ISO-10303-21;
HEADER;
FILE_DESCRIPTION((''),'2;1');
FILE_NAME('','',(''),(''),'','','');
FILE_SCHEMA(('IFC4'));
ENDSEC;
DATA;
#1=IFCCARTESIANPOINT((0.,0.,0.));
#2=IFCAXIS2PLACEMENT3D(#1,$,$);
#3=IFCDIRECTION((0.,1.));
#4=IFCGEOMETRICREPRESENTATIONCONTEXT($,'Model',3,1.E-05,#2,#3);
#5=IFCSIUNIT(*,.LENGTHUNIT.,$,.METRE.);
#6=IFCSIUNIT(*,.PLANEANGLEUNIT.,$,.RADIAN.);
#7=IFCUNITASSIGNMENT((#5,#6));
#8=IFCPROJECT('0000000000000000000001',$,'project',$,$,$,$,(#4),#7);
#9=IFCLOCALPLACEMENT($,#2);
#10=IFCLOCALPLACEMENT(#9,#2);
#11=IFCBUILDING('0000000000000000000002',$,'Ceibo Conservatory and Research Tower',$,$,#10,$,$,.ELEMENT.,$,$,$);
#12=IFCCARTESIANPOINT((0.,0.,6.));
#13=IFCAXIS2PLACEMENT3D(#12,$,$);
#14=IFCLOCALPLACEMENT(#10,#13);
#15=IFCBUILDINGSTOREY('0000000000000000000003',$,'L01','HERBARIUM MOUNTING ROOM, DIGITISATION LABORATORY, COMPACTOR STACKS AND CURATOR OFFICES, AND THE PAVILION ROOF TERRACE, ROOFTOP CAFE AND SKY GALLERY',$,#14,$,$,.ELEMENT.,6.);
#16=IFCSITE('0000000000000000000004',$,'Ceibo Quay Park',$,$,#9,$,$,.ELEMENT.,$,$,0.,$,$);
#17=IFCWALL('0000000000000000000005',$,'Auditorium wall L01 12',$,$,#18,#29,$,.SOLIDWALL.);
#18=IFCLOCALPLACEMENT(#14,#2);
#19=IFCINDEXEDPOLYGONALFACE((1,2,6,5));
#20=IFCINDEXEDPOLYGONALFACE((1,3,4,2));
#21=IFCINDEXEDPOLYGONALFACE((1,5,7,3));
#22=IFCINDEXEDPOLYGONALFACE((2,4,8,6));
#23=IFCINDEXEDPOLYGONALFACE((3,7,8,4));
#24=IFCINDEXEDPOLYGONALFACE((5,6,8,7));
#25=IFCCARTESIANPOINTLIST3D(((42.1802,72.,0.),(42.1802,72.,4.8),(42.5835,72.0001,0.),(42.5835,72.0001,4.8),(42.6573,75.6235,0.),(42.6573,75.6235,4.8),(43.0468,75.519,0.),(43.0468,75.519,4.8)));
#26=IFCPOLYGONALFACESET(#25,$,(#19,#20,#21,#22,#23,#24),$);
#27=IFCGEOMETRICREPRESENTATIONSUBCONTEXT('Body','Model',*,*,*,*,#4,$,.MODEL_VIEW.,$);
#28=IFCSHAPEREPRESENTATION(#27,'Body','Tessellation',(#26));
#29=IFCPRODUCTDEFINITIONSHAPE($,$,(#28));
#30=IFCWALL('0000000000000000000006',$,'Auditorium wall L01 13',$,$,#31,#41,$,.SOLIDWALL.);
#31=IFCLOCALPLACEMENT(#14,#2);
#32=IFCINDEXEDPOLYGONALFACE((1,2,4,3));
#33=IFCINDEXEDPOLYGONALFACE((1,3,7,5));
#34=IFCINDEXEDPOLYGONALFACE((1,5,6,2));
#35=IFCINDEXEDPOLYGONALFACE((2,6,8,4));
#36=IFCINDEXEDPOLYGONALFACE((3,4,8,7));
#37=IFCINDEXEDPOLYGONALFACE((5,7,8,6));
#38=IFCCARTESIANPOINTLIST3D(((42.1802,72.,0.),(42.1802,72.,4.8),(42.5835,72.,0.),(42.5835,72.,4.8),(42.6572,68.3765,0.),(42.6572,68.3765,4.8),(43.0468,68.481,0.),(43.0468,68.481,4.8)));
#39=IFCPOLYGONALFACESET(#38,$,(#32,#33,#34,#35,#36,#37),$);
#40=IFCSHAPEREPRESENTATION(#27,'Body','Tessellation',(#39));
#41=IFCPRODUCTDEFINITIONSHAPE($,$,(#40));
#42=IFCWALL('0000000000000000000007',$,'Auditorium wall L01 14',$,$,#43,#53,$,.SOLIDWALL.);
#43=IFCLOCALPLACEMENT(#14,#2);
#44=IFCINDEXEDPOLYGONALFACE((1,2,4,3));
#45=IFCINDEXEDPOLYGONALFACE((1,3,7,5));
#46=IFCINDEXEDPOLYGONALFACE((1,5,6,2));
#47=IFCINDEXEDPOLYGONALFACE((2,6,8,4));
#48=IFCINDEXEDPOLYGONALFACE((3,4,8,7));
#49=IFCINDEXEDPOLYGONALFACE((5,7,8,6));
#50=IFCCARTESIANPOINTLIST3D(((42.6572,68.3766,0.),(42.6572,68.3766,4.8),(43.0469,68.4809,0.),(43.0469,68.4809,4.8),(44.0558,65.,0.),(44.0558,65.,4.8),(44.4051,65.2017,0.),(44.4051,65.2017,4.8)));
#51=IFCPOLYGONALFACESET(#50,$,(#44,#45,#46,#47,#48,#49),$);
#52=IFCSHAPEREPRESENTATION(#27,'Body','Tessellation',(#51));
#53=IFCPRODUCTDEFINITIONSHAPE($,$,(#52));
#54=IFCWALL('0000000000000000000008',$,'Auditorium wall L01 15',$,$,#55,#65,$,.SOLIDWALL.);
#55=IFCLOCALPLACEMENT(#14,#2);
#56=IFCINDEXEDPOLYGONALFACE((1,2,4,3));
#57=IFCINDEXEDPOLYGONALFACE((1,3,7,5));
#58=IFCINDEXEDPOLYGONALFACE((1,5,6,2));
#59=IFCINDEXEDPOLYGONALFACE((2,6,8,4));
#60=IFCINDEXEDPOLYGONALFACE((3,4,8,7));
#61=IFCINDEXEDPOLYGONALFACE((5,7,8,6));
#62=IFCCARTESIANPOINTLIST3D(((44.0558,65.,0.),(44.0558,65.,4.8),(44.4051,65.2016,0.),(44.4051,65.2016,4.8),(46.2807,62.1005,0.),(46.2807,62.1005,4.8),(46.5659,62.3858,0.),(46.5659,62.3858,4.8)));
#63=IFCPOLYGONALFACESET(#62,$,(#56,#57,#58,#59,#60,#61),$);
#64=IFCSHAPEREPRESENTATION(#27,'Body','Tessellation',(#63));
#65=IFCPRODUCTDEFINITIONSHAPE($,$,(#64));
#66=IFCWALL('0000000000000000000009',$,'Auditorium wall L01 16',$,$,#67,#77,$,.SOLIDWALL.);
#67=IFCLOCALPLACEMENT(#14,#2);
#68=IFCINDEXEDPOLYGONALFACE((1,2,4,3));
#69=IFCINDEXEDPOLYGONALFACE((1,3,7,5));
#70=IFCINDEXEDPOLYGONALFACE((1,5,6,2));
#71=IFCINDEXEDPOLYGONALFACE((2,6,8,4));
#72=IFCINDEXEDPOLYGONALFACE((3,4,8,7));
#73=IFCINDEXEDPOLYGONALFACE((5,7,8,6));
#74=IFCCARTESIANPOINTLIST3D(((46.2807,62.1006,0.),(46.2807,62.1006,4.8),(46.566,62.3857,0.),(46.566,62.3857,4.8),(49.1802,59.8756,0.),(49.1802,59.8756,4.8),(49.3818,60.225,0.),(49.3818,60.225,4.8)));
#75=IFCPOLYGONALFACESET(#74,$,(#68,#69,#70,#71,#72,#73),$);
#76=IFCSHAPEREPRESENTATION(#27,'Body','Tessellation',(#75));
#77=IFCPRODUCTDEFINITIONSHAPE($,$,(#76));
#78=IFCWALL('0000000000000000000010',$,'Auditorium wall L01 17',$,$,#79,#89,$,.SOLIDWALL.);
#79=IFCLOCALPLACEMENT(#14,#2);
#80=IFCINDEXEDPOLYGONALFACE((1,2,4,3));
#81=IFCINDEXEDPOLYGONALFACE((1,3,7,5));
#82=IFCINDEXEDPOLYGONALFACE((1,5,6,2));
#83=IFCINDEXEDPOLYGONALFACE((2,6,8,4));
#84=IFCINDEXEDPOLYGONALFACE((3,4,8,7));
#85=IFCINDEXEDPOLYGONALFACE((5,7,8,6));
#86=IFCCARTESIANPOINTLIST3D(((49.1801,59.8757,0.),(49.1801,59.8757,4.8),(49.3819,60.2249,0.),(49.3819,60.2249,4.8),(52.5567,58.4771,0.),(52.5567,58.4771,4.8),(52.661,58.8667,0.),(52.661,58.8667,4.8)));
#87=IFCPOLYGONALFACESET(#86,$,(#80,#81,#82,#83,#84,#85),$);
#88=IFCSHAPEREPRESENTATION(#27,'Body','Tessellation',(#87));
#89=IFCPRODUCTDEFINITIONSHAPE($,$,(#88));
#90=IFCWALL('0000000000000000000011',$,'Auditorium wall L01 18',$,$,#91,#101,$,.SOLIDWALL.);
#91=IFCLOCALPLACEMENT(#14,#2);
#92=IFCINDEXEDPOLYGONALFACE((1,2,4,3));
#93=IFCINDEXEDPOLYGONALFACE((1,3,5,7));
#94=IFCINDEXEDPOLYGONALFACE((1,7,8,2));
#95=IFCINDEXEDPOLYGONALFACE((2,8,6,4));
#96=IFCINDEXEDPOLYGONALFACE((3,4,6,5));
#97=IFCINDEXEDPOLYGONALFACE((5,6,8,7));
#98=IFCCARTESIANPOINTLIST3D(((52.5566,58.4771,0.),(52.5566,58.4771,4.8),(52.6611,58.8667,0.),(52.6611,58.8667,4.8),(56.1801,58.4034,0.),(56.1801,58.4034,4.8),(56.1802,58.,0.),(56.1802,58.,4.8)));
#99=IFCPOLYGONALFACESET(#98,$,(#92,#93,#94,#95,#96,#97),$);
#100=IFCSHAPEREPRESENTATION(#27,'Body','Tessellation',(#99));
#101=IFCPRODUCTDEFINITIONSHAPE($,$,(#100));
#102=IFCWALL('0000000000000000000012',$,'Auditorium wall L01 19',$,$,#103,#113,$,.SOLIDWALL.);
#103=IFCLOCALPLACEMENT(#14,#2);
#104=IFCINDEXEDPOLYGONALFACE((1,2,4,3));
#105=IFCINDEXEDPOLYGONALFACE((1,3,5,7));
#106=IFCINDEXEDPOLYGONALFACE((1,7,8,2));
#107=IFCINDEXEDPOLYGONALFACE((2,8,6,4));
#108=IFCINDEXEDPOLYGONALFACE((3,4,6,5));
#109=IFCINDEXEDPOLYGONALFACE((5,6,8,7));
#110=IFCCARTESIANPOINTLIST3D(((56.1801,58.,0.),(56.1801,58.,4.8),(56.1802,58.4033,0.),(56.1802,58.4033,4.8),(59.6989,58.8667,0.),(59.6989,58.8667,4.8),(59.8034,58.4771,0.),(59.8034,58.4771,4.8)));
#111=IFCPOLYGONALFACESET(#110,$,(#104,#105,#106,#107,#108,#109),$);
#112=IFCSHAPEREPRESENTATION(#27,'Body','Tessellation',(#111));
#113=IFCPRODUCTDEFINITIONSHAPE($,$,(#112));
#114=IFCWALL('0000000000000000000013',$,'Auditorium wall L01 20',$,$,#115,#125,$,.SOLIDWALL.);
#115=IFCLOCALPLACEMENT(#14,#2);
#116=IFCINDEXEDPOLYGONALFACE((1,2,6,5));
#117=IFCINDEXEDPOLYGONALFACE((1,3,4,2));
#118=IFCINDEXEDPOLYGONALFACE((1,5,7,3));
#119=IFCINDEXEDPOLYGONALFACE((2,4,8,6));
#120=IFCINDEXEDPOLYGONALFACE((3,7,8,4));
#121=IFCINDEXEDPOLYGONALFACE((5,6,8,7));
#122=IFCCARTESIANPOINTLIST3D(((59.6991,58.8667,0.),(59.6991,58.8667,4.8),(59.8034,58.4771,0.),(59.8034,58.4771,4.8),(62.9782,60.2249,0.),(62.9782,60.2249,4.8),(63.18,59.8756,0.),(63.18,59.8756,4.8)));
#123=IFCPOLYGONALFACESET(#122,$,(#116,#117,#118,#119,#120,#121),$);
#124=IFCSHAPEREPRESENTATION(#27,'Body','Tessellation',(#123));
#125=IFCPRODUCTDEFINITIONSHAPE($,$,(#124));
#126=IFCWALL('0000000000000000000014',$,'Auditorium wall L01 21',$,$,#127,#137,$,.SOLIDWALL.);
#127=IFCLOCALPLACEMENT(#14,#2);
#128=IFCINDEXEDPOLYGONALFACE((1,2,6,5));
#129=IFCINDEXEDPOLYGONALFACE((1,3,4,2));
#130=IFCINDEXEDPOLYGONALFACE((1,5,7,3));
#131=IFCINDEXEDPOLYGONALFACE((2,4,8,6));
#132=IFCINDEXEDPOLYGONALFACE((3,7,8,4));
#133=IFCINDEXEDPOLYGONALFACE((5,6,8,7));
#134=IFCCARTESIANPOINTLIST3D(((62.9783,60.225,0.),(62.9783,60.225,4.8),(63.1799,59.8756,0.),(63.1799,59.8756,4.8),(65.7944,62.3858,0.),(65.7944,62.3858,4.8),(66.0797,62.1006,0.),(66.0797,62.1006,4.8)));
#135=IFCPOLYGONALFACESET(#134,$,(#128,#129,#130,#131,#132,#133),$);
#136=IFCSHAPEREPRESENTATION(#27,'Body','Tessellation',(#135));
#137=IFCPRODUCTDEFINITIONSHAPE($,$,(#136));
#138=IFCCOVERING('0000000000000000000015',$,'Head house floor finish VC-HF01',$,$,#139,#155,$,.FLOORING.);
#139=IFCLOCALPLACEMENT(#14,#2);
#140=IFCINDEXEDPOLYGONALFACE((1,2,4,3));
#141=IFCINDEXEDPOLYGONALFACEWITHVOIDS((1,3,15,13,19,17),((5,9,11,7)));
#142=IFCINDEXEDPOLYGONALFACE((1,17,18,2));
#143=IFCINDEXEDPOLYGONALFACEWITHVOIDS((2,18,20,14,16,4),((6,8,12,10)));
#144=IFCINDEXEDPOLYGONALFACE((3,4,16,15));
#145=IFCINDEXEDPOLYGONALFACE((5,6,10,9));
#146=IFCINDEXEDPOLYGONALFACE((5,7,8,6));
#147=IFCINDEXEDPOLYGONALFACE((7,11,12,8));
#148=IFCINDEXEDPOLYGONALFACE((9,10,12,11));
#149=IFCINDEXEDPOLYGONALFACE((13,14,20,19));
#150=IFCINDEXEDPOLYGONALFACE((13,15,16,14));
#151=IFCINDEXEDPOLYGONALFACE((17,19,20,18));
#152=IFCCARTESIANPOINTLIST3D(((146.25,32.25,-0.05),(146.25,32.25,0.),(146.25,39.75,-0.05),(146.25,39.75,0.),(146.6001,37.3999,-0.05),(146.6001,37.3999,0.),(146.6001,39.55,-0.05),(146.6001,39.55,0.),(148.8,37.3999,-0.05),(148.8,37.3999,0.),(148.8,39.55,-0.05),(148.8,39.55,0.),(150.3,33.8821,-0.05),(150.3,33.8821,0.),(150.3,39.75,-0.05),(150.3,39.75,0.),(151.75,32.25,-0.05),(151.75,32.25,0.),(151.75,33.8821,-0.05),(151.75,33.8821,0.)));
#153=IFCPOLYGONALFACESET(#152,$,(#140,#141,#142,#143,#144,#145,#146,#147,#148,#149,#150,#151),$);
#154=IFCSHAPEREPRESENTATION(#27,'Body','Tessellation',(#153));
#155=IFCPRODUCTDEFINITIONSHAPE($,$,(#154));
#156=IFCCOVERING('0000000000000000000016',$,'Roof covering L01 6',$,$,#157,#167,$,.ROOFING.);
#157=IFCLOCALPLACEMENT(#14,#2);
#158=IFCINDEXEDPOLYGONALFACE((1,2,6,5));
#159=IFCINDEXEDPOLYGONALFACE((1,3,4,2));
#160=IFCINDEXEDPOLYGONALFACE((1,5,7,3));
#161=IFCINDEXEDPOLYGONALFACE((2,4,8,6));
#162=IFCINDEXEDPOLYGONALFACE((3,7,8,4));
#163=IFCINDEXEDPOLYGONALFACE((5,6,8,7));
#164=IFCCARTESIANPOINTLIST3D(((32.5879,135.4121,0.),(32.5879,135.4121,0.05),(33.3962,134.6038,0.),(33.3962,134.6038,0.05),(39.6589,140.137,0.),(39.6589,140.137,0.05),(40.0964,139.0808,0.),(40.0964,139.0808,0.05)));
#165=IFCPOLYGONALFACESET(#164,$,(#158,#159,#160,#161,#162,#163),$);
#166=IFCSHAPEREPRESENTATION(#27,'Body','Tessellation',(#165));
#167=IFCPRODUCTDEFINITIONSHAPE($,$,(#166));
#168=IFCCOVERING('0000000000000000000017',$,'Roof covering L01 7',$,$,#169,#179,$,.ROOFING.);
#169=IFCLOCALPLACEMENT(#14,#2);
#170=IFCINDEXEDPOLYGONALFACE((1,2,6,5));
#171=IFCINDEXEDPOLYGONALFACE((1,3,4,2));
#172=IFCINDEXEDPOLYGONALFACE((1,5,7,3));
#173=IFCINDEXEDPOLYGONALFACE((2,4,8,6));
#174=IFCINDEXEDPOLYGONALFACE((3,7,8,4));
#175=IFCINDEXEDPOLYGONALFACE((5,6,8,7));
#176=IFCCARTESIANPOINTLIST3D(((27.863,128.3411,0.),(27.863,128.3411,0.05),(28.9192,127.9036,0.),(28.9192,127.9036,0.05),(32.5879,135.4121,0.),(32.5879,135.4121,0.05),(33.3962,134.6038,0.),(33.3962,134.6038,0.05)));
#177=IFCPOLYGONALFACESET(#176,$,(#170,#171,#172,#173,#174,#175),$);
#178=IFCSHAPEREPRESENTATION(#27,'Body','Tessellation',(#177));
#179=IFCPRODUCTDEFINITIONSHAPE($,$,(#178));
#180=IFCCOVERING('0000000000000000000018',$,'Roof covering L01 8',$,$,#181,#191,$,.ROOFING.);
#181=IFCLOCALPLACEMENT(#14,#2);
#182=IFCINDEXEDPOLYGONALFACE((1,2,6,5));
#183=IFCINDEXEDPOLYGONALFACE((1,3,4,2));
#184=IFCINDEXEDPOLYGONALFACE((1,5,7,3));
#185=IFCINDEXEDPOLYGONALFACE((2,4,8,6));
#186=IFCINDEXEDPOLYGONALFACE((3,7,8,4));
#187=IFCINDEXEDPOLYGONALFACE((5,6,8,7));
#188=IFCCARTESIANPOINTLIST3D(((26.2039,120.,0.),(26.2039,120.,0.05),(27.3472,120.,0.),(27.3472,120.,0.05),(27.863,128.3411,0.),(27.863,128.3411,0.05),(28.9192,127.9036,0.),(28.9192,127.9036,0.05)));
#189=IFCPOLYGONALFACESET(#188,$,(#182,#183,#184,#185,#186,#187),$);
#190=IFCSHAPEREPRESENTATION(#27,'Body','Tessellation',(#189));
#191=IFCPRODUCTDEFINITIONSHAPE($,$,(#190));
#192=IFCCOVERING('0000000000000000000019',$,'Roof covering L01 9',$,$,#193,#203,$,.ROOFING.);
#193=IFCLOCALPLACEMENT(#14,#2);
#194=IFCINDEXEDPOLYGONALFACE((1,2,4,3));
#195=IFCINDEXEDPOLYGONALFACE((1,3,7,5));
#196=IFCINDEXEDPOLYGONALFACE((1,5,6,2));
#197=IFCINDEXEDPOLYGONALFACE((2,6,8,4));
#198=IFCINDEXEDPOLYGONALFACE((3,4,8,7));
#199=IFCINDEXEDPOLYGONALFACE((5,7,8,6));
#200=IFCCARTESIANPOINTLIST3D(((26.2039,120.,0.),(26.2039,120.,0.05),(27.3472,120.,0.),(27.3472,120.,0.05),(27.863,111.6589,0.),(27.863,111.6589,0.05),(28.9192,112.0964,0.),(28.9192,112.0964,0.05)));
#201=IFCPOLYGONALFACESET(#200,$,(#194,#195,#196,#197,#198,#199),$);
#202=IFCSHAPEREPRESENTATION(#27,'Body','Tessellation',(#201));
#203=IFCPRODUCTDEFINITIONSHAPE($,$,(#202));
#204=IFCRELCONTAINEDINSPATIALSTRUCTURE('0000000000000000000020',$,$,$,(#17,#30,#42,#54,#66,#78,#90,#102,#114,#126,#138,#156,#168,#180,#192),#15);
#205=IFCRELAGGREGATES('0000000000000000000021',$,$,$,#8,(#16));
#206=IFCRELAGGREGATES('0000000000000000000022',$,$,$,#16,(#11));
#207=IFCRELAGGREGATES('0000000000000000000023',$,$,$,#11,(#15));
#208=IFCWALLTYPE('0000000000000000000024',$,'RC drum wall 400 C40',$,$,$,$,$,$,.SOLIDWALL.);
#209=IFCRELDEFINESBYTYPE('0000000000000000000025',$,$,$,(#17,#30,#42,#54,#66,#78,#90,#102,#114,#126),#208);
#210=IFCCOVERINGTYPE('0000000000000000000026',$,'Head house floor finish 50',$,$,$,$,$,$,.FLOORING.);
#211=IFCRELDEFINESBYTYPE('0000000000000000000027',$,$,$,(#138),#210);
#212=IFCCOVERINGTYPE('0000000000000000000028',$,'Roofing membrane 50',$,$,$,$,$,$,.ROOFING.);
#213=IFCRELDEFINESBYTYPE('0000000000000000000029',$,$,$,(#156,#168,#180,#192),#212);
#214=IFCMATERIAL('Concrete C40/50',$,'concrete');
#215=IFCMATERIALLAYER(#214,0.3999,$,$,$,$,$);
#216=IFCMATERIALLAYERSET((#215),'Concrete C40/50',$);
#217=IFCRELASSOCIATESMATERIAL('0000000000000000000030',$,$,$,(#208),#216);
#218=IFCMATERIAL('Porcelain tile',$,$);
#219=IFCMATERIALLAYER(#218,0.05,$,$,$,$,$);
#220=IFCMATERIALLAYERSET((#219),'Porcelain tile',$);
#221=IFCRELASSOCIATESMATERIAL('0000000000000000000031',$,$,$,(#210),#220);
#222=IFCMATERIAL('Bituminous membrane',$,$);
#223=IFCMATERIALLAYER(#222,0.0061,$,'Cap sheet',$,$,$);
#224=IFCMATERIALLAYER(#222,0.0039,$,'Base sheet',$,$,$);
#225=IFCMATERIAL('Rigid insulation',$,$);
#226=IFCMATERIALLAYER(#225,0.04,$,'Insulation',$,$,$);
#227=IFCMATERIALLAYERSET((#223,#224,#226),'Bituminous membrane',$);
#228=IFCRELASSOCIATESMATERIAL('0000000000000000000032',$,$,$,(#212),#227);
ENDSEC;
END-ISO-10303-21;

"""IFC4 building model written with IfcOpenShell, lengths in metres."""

from ifc_helpers import new_model, si_unit, direction, frame, origin, place, context, subcontext, project, spatial, polyline, outline, extrude, material, layer, layer_set, type_object, element, save


model = new_model("IFC4")

# Units and contexts
model_context = context("Model", 3, precision=1e-05, world=origin(), true_north=direction((0.0, 1.0)))
body_context = subcontext(model_context, "Body", "Model", "MODEL_VIEW")
ifc_project = project(units=[si_unit("LENGTHUNIT", "METRE"), si_unit("PLANEANGLEUNIT", "RADIAN")], contexts=[model_context])

# Site, building, storey
site_placement = place(None, origin())
site = spatial("IfcSite", under=ifc_project, at=site_placement, Name="Ceibo Quay Park", CompositionType="ELEMENT", RefElevation=0.0)
building_placement = place(site_placement, origin())
building = spatial("IfcBuilding", under=site, at=building_placement, Name="Ceibo Conservatory and Research Tower", CompositionType="ELEMENT")
storey_placement = place(building_placement, frame((0.0, 0.0, 6.0)))
storey = spatial("IfcBuildingStorey", under=building, at=storey_placement, Name="L01", Description="HERBARIUM MOUNTING ROOM, DIGITISATION LABORATORY, COMPACTOR STACKS AND CURATOR OFFICES, AND THE PAVILION ROOF TERRACE, ROOFTOP CAFE AND SKY GALLERY", CompositionType="ELEMENT", Elevation=6.0)

# Walls
ifc_material_1 = material(Name="Concrete C40/50", Category="concrete")
ifc_layer_1 = layer(ifc_material_1, 0.3999)
ifc_layer_set_1 = layer_set([ifc_layer_1], Name="Concrete C40/50")
wall_type = type_object("IfcWallType", Name="RC drum wall 400 C40", PredefinedType="SOLIDWALL", material=ifc_layer_set_1)
for number, where, z_axis, x_axis, name in (
    (1, (42.8521, 75.5713, 0.0), (0.0, 0.0, 1.0), (-0.130539, -0.991443, 0.0), "Auditorium wall L01 12"),
    (2, (42.3818, 72.0, 0.0), (0.0, 0.0, 1.0), (0.130539, -0.991443, 0.0), "Auditorium wall L01 13"),
    (3, (42.8521, 68.4287, 0.0), (0.0, 0.0, 1.0), (0.382675, -0.923883, 0.0), "Auditorium wall L01 14"),
    (4, (44.2305, 65.1008, 0.0), (0.0, 0.0, 1.0), (0.60878, -0.793339, 0.0), "Auditorium wall L01 15"),
    (5, (46.4233, 62.2432, 0.0), (0.0, 0.0, 1.0), (0.793339, -0.60878, 0.0), "Auditorium wall L01 16"),
    (6, (49.281, 60.0503, 0.0), (0.0, 0.0, 1.0), (0.923883, -0.382675, 0.0), "Auditorium wall L01 17"),
    (7, (52.6089, 58.6719, 0.0), (0.0, 0.0, 1.0), (0.991443, -0.130539, 0.0), "Auditorium wall L01 18"),
):
    element("IfcWall", number, at=place(storey_placement, frame(where, z_axis=z_axis, x_axis=x_axis)), inside=storey, type_object=wall_type, Name=name, PredefinedType="SOLIDWALL", context=body_context, shape_type="SweptSolid", body=[
        extrude(outline(polyline([(-0.0264, -0.2), (3.6284, -0.2), (3.5757, 0.2), (0.0264, 0.2), (-0.0264, -0.2)])), origin(), (0.0, 0.0, 1.0), 4.8),
    ])
wall_1_placement = place(storey_placement, frame((56.1802, 58.2017, 0.0), z_axis=(0.0, 0.0, 1.0), x_axis=(0.991442, 0.130547, 0.0)))
element("IfcWall", 8, at=wall_1_placement, inside=storey, type_object=wall_type, Name="Auditorium wall L01 19", PredefinedType="SOLIDWALL", context=body_context, shape_type="SweptSolid", body=[
    extrude(outline(polyline([(-0.0264, -0.2), (3.6282, -0.2), (3.5754, 0.2), (0.0264, 0.2), (-0.0264, -0.2)])), origin(), (0.0, 0.0, 1.0), 4.8),
])
wall_2_placement = place(storey_placement, frame((59.7512, 58.6719, 0.0), z_axis=(0.0, 0.0, 1.0), x_axis=(0.923883, 0.382675, 0.0)))
element("IfcWall", 9, at=wall_2_placement, inside=storey, type_object=wall_type, Name="Auditorium wall L01 20", PredefinedType="SOLIDWALL", context=body_context, shape_type="SweptSolid", body=[
    extrude(outline(polyline([(-0.0264, -0.2), (3.6284, -0.2), (3.5757, 0.2), (0.0264, 0.2), (-0.0264, -0.2)])), origin(), (0.0, 0.0, 1.0), 4.8),
])
wall_3_placement = place(storey_placement, frame((63.0791, 60.0503, 0.0), z_axis=(0.0, 0.0, 1.0), x_axis=(0.793364, 0.608747, 0.0)))
element("IfcWall", 10, at=wall_3_placement, inside=storey, type_object=wall_type, Name="Auditorium wall L01 21", PredefinedType="SOLIDWALL", context=body_context, shape_type="SweptSolid", body=[
    extrude(outline(polyline([(-0.0264, -0.2), (3.6287, -0.2), (3.5759, 0.2), (0.0264, 0.2), (-0.0264, -0.2)])), origin(), (0.0, 0.0, 1.0), 4.8),
])

# Coverings
ifc_material_2 = material(Name="Porcelain tile")
ifc_layer_2 = layer(ifc_material_2, 0.05)
ifc_layer_set_2 = layer_set([ifc_layer_2], Name="Porcelain tile")
covering_type_1 = type_object("IfcCoveringType", Name="Head house floor finish 50", PredefinedType="FLOORING", material=ifc_layer_set_2)
covering_1_placement = place(storey_placement, frame((0.0, 0.0, -0.05)))
element("IfcCovering", 11, at=covering_1_placement, inside=storey, type_object=covering_type_1, Name="Head house floor finish VC-HF01", PredefinedType="FLOORING", context=body_context, shape_type="SweptSolid", body=[
    extrude(outline(polyline([(146.25, 32.25), (151.75, 32.25), (151.75, 33.8821), (150.3, 33.8821), (150.3, 39.75), (146.25, 39.75), (146.25, 32.25)]), holes=[polyline([(148.8, 37.3999), (146.6001, 37.3999), (146.6001, 39.55), (148.8, 39.55), (148.8, 37.3999)])]), origin(), (0.0, 0.0, 1.0), 0.05),
])
ifc_material_3 = material(Name="Bituminous membrane")
ifc_layer_3 = layer(ifc_material_3, 0.0061, Name="Cap sheet")
ifc_layer_4 = layer(ifc_material_3, 0.0039, Name="Base sheet")
ifc_material_4 = material(Name="Rigid insulation")
ifc_layer_5 = layer(ifc_material_4, 0.04, Name="Insulation")
ifc_layer_set_3 = layer_set([ifc_layer_3, ifc_layer_4, ifc_layer_5], Name="Bituminous membrane")
covering_type_2 = type_object("IfcCoveringType", Name="Roofing membrane 50", PredefinedType="ROOFING", material=ifc_layer_set_3)
covering_2_placement = place(storey_placement, origin())
element("IfcCovering", 12, at=covering_2_placement, inside=storey, type_object=covering_type_2, Name="Roof covering L01 6", PredefinedType="ROOFING", context=body_context, shape_type="SweptSolid", body=[
    extrude(outline(polyline([(39.6589, 140.137), (32.5879, 135.4121), (33.3962, 134.6038), (40.0964, 139.0808), (39.6589, 140.137)])), origin(), (0.0, 0.0, 1.0), 0.05),
])
covering_3_placement = place(storey_placement, origin())
element("IfcCovering", 13, at=covering_3_placement, inside=storey, type_object=covering_type_2, Name="Roof covering L01 7", PredefinedType="ROOFING", context=body_context, shape_type="SweptSolid", body=[
    extrude(outline(polyline([(32.5879, 135.4121), (27.863, 128.3411), (28.9192, 127.9036), (33.3962, 134.6038), (32.5879, 135.4121)])), origin(), (0.0, 0.0, 1.0), 0.05),
])
covering_4_placement = place(storey_placement, origin())
element("IfcCovering", 14, at=covering_4_placement, inside=storey, type_object=covering_type_2, Name="Roof covering L01 8", PredefinedType="ROOFING", context=body_context, shape_type="SweptSolid", body=[
    extrude(outline(polyline([(27.863, 128.3411), (26.2039, 120.0), (27.3472, 120.0), (28.9192, 127.9036), (27.863, 128.3411)])), origin(), (0.0, 0.0, 1.0), 0.05),
])
covering_5_placement = place(storey_placement, origin())
element("IfcCovering", 15, at=covering_5_placement, inside=storey, type_object=covering_type_2, Name="Roof covering L01 9", PredefinedType="ROOFING", context=body_context, shape_type="SweptSolid", body=[
    extrude(outline(polyline([(26.2039, 120.0), (27.863, 111.6589), (28.9192, 112.0964), (27.3472, 120.0), (26.2039, 120.0)])), origin(), (0.0, 0.0, 1.0), 0.05),
])

save(model, "model.ifc")
